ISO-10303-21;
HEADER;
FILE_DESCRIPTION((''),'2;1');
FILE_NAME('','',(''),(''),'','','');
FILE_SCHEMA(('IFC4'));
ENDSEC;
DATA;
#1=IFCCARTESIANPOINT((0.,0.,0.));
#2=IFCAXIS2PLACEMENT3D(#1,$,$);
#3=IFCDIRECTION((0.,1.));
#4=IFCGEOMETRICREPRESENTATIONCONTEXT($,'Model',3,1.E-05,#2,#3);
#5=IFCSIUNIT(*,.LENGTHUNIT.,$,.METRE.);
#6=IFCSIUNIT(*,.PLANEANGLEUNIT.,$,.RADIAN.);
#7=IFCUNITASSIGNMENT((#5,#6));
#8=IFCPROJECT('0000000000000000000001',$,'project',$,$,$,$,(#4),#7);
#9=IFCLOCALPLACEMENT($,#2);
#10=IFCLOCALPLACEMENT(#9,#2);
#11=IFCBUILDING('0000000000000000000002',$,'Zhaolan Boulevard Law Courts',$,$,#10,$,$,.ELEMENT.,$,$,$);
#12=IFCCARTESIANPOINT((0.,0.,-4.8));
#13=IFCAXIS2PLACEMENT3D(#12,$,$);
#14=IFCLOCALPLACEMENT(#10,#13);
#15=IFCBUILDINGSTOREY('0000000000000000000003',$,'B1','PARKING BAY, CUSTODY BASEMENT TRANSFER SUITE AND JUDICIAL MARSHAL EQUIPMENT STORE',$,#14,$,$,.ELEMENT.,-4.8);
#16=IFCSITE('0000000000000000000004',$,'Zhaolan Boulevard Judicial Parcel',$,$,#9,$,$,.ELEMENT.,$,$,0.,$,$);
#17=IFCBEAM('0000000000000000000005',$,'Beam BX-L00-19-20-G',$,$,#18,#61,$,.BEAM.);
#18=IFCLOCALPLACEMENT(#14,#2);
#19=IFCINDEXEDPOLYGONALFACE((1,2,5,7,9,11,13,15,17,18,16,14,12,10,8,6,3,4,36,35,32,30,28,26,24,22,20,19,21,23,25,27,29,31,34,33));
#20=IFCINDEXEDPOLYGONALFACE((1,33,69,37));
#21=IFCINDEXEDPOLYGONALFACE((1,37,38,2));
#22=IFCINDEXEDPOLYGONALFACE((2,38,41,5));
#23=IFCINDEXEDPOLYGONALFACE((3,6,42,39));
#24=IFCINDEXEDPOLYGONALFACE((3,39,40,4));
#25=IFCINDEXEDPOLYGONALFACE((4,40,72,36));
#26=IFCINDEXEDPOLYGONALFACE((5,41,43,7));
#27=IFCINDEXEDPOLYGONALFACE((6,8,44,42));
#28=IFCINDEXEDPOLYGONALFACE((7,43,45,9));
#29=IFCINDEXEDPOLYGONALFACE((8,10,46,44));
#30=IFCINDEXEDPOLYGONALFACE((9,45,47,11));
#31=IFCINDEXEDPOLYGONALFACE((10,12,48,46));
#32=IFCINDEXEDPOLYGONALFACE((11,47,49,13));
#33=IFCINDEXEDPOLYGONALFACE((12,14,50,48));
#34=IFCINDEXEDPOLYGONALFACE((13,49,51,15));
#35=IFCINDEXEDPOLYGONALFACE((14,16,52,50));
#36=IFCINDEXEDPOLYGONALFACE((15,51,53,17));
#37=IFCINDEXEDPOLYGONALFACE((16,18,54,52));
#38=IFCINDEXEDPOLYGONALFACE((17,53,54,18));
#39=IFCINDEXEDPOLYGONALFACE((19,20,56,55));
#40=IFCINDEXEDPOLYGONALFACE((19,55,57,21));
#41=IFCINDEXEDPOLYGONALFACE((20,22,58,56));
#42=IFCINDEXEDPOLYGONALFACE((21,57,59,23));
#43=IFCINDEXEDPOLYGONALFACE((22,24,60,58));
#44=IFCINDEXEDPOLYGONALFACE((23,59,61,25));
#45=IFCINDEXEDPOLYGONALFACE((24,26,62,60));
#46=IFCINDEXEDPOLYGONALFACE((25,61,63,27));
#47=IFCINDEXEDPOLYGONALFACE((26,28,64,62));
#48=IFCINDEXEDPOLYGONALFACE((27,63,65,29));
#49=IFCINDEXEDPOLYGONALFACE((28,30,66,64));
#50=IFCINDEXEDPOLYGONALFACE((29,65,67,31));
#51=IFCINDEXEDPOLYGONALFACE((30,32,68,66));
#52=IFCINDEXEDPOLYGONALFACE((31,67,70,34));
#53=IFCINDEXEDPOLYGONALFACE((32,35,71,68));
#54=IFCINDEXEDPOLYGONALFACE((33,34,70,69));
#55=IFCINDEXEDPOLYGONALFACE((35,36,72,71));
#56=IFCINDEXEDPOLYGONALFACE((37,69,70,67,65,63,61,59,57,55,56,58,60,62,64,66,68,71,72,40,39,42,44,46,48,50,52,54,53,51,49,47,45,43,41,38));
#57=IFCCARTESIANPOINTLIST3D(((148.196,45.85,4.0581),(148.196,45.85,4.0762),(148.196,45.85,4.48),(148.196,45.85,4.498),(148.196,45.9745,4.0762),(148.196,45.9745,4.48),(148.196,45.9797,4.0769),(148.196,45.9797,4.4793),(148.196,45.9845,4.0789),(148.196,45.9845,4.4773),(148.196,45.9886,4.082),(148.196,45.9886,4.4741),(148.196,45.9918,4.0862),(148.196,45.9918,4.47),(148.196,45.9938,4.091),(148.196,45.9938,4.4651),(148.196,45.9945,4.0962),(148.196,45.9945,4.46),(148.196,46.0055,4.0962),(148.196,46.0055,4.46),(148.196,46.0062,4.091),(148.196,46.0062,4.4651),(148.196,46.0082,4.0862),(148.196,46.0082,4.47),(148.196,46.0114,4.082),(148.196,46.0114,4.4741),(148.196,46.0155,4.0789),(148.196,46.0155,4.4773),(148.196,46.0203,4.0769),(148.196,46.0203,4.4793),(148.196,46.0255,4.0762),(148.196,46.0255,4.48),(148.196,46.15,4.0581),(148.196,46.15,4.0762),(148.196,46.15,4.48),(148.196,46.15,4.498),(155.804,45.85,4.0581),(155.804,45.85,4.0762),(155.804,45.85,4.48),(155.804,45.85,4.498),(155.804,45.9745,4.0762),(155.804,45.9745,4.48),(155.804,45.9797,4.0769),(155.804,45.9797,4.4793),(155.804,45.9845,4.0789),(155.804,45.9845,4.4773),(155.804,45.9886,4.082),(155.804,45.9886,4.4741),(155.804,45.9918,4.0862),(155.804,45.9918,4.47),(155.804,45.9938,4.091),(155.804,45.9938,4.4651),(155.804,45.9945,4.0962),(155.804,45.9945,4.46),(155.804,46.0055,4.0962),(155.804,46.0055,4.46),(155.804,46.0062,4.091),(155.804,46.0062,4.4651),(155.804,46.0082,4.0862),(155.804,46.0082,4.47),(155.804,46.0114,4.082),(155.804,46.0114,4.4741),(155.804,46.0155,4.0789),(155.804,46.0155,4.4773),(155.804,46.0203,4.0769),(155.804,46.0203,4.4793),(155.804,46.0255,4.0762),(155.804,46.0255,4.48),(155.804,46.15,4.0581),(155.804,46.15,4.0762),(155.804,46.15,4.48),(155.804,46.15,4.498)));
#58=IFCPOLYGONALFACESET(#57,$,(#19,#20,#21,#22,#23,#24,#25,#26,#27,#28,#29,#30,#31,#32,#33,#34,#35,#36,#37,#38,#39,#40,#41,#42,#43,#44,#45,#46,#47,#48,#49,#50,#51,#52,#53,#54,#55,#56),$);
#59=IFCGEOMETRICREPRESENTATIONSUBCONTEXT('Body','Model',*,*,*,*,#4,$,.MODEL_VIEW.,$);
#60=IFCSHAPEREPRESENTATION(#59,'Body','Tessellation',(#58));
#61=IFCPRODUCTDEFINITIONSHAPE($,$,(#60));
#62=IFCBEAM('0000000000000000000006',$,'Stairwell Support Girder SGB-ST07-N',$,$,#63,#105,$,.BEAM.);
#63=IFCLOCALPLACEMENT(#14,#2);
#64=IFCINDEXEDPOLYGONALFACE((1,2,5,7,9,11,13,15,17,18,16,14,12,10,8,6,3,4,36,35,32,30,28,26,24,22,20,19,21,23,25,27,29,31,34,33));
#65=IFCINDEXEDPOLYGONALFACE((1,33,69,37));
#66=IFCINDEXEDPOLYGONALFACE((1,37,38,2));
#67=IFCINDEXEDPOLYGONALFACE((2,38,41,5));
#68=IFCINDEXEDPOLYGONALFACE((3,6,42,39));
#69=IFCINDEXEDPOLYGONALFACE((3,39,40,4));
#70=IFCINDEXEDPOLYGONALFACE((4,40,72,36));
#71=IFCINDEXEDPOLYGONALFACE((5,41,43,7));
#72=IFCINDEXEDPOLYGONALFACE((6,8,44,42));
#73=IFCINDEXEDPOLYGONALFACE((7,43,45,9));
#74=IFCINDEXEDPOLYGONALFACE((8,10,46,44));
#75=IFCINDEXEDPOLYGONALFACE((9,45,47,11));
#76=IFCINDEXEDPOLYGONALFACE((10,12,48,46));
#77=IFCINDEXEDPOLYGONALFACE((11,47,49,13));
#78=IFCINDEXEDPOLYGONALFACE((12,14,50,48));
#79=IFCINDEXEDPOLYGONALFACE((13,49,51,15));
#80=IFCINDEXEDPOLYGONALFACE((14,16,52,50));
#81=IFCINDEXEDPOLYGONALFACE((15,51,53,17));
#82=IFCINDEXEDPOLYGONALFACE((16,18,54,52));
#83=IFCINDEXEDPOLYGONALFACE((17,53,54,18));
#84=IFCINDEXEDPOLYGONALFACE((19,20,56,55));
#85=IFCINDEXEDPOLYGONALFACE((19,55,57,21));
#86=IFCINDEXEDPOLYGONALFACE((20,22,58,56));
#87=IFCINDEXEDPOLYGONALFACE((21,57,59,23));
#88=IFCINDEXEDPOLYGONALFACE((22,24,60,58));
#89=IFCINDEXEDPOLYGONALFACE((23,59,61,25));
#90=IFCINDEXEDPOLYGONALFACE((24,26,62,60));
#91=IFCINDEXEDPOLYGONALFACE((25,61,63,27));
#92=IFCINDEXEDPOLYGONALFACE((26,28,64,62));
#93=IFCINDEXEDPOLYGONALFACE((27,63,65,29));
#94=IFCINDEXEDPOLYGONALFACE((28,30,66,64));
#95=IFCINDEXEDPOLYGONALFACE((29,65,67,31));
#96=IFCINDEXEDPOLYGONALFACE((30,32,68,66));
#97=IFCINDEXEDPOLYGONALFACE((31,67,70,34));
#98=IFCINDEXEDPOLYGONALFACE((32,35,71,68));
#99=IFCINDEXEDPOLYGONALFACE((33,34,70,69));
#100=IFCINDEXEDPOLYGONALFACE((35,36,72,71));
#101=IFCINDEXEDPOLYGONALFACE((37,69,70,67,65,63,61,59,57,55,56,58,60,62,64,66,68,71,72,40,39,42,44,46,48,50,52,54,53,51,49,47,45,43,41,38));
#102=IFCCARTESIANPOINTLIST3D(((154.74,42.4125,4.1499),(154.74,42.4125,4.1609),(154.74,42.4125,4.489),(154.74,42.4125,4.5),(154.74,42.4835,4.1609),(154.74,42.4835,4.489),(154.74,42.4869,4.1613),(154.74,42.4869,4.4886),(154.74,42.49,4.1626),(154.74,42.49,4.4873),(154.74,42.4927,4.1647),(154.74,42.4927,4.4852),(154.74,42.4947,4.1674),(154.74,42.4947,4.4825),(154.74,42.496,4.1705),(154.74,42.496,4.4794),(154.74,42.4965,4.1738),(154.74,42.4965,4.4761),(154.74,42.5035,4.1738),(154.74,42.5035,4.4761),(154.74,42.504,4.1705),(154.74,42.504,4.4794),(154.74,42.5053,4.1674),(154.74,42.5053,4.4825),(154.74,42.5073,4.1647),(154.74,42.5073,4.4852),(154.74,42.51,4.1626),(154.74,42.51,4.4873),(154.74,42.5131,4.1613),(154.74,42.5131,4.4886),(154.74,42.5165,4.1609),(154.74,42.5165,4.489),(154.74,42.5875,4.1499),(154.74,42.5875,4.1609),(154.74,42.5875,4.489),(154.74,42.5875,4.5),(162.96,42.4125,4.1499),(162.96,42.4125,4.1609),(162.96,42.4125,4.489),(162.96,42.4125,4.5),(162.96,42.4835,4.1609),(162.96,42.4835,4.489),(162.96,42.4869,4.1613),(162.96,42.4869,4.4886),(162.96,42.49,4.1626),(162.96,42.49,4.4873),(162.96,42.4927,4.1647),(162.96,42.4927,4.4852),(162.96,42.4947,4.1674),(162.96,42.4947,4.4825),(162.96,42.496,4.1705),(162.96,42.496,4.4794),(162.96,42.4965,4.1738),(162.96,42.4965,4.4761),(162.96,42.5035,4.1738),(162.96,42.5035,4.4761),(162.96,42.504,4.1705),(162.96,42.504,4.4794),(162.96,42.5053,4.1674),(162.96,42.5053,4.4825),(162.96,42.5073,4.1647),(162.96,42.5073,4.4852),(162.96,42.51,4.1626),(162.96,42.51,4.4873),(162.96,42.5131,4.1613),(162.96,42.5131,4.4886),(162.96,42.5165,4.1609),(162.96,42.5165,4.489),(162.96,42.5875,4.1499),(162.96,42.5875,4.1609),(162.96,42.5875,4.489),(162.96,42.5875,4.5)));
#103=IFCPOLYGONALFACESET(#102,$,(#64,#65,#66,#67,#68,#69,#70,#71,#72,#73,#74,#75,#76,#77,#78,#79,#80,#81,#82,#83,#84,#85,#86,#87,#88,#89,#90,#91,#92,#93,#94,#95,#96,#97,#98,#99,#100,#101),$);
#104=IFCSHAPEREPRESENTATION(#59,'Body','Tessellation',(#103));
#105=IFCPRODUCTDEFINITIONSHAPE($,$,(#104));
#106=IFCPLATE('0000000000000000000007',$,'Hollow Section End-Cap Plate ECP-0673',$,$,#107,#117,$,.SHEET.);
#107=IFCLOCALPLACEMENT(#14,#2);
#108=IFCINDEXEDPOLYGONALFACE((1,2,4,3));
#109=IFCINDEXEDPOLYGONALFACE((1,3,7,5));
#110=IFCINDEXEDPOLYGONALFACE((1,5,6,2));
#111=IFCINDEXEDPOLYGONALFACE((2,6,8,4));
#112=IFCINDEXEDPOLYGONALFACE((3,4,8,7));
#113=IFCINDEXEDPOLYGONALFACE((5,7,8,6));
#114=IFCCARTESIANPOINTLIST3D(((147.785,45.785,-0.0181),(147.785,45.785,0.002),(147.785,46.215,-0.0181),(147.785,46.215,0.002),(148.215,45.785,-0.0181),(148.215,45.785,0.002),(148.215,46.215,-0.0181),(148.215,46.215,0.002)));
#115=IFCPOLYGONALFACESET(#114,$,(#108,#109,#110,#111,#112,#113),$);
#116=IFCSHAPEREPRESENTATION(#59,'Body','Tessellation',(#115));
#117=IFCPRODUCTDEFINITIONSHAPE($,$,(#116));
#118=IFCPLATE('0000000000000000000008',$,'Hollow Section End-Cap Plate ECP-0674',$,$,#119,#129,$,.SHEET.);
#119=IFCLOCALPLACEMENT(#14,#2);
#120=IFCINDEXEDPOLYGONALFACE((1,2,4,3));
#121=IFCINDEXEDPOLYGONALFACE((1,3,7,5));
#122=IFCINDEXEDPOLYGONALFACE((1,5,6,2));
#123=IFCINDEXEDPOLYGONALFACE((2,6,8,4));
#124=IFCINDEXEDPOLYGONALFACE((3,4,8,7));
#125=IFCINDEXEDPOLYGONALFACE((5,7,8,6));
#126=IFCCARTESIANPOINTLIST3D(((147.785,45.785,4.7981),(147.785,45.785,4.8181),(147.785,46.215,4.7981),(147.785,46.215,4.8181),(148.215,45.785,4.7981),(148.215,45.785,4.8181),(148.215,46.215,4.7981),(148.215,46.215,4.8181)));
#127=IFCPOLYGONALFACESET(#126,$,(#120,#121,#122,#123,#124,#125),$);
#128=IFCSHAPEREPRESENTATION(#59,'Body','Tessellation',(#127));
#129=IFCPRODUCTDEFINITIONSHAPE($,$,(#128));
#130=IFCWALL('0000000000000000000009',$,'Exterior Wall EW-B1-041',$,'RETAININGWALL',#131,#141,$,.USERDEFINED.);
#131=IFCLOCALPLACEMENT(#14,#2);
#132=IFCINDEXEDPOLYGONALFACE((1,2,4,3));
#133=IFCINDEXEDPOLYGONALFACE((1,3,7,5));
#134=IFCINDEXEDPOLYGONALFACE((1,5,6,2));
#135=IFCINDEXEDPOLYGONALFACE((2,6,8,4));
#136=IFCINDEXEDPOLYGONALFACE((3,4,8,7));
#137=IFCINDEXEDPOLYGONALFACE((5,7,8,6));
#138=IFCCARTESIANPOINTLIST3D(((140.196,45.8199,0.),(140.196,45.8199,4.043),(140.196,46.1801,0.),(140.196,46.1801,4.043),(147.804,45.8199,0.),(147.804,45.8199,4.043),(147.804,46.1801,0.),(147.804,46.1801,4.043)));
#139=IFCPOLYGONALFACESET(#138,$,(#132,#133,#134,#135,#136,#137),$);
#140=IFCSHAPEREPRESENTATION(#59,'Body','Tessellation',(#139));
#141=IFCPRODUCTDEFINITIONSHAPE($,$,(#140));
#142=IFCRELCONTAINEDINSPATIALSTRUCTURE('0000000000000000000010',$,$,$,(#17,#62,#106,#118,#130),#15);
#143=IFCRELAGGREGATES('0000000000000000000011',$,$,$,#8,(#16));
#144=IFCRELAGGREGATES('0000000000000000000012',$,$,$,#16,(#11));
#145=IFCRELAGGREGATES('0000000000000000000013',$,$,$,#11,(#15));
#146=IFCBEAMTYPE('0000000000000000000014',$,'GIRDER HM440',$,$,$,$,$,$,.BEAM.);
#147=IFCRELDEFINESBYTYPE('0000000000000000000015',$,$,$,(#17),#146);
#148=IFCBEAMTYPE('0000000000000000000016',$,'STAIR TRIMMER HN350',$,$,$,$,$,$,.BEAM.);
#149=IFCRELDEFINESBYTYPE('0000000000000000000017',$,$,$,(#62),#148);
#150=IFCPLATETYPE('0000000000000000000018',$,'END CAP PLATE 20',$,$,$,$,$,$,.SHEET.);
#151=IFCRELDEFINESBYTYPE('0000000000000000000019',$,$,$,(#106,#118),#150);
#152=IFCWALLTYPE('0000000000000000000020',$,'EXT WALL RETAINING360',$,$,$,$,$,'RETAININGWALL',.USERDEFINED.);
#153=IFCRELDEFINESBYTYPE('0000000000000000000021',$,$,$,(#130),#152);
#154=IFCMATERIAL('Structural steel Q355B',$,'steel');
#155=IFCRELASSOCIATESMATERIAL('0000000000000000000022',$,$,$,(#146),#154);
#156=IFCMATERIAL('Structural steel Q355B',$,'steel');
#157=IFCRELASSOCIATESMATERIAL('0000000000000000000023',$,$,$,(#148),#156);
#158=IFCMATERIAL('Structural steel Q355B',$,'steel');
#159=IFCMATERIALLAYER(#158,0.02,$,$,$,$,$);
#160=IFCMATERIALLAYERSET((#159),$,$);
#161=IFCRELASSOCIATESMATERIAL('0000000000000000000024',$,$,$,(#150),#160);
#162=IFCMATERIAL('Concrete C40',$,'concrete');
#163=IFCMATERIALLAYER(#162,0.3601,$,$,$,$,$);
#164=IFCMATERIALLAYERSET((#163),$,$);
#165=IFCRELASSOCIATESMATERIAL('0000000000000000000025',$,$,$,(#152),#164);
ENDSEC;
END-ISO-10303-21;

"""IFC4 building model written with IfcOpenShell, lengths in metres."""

from ifc_helpers import new_model, si_unit, direction, frame, frame_2d, origin, origin_2d, place, context, subcontext, project, spatial, rectangle, i_section, extrude, material, layer, layer_set, material_profile, profile_set, type_object, element, save


model = new_model("IFC4")

# Units and contexts
model_context = context("Model", 3, precision=1e-05, world=origin(), true_north=direction((0.0, 1.0)))
body_context = subcontext(model_context, "Body", "Model", "MODEL_VIEW")
ifc_project = project(units=[si_unit("LENGTHUNIT", "METRE"), si_unit("PLANEANGLEUNIT", "RADIAN")], contexts=[model_context])

# Site, building, storey
site_placement = place(None, origin())
site = spatial("IfcSite", under=ifc_project, at=site_placement, Name="Zhaolan Boulevard Judicial Parcel", CompositionType="ELEMENT", RefElevation=0.0)
building_placement = place(site_placement, origin())
building = spatial("IfcBuilding", under=site, at=building_placement, Name="Zhaolan Boulevard Law Courts", CompositionType="ELEMENT")
storey_placement = place(building_placement, frame((0.0, 0.0, -4.8)))
storey = spatial("IfcBuildingStorey", under=building, at=storey_placement, Name="B1", Description="PARKING BAY, CUSTODY BASEMENT TRANSFER SUITE AND JUDICIAL MARSHAL EQUIPMENT STORE", CompositionType="ELEMENT", Elevation=-4.8)

# Beams
ifc_material_1 = material(Name="Structural steel Q355B", Category="steel")
ifc_material_profile_1 = material_profile(ifc_material_1, i_section(OverallWidth=0.3, OverallDepth=0.4399, WebThickness=0.011, FlangeThickness=0.0181, FilletRadius=0.02, at=origin_2d()), Name="HM440x300")
ifc_profile_set_1 = profile_set([ifc_material_profile_1], Name="Structural steel Q355B")
beam_type_1 = type_object("IfcBeamType", Name="GIRDER HM440", PredefinedType="BEAM", material=ifc_profile_set_1)
beam_1_placement = place(storey_placement, frame((148.196, 46.0, 4.2781), z_axis=(1.0, 0.0, 0.0), x_axis=(0.0, 1.0, 0.0)))
element("IfcBeam", 1, at=beam_1_placement, inside=storey, type_object=beam_type_1, Name="Beam BX-L00-19-20-G", PredefinedType="BEAM", context=body_context, shape_type="SweptSolid", body=[
    extrude(i_section(OverallWidth=0.3, OverallDepth=0.4399, WebThickness=0.011, FlangeThickness=0.0181, FilletRadius=0.02, at=origin_2d()), origin(), (0.0, 0.0, 1.0), 7.6079),
])
ifc_material_2 = material(Name="Structural steel Q355B", Category="steel")
ifc_material_profile_2 = material_profile(ifc_material_2, i_section(OverallWidth=0.175, OverallDepth=0.3501, WebThickness=0.0071, FlangeThickness=0.011, FilletRadius=0.0129, at=origin_2d()), Name="HN350x175")
ifc_profile_set_2 = profile_set([ifc_material_profile_2], Name="Structural steel Q355B")
beam_type_2 = type_object("IfcBeamType", Name="STAIR TRIMMER HN350", PredefinedType="BEAM", material=ifc_profile_set_2)
beam_2_placement = place(storey_placement, frame((154.74, 42.5, 4.325), z_axis=(1.0, 0.0, 0.0), x_axis=(0.0, 1.0, 0.0)))
element("IfcBeam", 2, at=beam_2_placement, inside=storey, type_object=beam_type_2, Name="Stairwell Support Girder SGB-ST07-N", PredefinedType="BEAM", context=body_context, shape_type="SweptSolid", body=[
    extrude(i_section(OverallWidth=0.175, OverallDepth=0.3501, WebThickness=0.0071, FlangeThickness=0.011, FilletRadius=0.0129, at=origin_2d()), origin(), (0.0, 0.0, 1.0), 8.22),
])

# Plates
ifc_material_3 = material(Name="Structural steel Q355B", Category="steel")
ifc_layer_1 = layer(ifc_material_3, 0.02)
ifc_layer_set_1 = layer_set([ifc_layer_1])
plate_type = type_object("IfcPlateType", Name="END CAP PLATE 20", PredefinedType="SHEET", material=ifc_layer_set_1)
for number, where, z_axis, x_axis, name in (
    (3, (148.0, 46.0, -0.0181), (0.0, 0.0, 1.0), (1.0, 0.0, 0.0), "Hollow Section End-Cap Plate ECP-0673"),
    (4, (148.0, 46.0, 4.7981), (0.0, 0.0, 1.0), (1.0, 0.0, 0.0), "Hollow Section End-Cap Plate ECP-0674"),
):
    element("IfcPlate", number, at=place(storey_placement, frame(where, z_axis=z_axis, x_axis=x_axis)), inside=storey, type_object=plate_type, Name=name, PredefinedType="SHEET", context=body_context, shape_type="SweptSolid", body=[
        extrude(rectangle(XDim=0.4299, YDim=0.4299, at=origin_2d()), origin(), (0.0, 0.0, 1.0), 0.02),
    ])

# Wall
ifc_material_4 = material(Name="Concrete C40", Category="concrete")
ifc_layer_2 = layer(ifc_material_4, 0.3601)
ifc_layer_set_2 = layer_set([ifc_layer_2])
wall_type = type_object("IfcWallType", Name="EXT WALL RETAINING360", ElementType="RETAININGWALL", PredefinedType="USERDEFINED", material=ifc_layer_set_2)
wall_placement = place(storey_placement, frame((147.804, 46.0, 0.0), z_axis=(0.0, 0.0, 1.0), x_axis=(-1.0, 0.0, 0.0)))
element("IfcWall", 5, at=wall_placement, inside=storey, type_object=wall_type, Name="Exterior Wall EW-B1-041", ObjectType="RETAININGWALL", PredefinedType="USERDEFINED", context=body_context, shape_type="SweptSolid", body=[
    extrude(rectangle(XDim=7.6079, YDim=0.3601, at=frame_2d((3.804, 0.0))), origin(), (0.0, 0.0, 1.0), 4.043),
])

save(model, "model.ifc")
